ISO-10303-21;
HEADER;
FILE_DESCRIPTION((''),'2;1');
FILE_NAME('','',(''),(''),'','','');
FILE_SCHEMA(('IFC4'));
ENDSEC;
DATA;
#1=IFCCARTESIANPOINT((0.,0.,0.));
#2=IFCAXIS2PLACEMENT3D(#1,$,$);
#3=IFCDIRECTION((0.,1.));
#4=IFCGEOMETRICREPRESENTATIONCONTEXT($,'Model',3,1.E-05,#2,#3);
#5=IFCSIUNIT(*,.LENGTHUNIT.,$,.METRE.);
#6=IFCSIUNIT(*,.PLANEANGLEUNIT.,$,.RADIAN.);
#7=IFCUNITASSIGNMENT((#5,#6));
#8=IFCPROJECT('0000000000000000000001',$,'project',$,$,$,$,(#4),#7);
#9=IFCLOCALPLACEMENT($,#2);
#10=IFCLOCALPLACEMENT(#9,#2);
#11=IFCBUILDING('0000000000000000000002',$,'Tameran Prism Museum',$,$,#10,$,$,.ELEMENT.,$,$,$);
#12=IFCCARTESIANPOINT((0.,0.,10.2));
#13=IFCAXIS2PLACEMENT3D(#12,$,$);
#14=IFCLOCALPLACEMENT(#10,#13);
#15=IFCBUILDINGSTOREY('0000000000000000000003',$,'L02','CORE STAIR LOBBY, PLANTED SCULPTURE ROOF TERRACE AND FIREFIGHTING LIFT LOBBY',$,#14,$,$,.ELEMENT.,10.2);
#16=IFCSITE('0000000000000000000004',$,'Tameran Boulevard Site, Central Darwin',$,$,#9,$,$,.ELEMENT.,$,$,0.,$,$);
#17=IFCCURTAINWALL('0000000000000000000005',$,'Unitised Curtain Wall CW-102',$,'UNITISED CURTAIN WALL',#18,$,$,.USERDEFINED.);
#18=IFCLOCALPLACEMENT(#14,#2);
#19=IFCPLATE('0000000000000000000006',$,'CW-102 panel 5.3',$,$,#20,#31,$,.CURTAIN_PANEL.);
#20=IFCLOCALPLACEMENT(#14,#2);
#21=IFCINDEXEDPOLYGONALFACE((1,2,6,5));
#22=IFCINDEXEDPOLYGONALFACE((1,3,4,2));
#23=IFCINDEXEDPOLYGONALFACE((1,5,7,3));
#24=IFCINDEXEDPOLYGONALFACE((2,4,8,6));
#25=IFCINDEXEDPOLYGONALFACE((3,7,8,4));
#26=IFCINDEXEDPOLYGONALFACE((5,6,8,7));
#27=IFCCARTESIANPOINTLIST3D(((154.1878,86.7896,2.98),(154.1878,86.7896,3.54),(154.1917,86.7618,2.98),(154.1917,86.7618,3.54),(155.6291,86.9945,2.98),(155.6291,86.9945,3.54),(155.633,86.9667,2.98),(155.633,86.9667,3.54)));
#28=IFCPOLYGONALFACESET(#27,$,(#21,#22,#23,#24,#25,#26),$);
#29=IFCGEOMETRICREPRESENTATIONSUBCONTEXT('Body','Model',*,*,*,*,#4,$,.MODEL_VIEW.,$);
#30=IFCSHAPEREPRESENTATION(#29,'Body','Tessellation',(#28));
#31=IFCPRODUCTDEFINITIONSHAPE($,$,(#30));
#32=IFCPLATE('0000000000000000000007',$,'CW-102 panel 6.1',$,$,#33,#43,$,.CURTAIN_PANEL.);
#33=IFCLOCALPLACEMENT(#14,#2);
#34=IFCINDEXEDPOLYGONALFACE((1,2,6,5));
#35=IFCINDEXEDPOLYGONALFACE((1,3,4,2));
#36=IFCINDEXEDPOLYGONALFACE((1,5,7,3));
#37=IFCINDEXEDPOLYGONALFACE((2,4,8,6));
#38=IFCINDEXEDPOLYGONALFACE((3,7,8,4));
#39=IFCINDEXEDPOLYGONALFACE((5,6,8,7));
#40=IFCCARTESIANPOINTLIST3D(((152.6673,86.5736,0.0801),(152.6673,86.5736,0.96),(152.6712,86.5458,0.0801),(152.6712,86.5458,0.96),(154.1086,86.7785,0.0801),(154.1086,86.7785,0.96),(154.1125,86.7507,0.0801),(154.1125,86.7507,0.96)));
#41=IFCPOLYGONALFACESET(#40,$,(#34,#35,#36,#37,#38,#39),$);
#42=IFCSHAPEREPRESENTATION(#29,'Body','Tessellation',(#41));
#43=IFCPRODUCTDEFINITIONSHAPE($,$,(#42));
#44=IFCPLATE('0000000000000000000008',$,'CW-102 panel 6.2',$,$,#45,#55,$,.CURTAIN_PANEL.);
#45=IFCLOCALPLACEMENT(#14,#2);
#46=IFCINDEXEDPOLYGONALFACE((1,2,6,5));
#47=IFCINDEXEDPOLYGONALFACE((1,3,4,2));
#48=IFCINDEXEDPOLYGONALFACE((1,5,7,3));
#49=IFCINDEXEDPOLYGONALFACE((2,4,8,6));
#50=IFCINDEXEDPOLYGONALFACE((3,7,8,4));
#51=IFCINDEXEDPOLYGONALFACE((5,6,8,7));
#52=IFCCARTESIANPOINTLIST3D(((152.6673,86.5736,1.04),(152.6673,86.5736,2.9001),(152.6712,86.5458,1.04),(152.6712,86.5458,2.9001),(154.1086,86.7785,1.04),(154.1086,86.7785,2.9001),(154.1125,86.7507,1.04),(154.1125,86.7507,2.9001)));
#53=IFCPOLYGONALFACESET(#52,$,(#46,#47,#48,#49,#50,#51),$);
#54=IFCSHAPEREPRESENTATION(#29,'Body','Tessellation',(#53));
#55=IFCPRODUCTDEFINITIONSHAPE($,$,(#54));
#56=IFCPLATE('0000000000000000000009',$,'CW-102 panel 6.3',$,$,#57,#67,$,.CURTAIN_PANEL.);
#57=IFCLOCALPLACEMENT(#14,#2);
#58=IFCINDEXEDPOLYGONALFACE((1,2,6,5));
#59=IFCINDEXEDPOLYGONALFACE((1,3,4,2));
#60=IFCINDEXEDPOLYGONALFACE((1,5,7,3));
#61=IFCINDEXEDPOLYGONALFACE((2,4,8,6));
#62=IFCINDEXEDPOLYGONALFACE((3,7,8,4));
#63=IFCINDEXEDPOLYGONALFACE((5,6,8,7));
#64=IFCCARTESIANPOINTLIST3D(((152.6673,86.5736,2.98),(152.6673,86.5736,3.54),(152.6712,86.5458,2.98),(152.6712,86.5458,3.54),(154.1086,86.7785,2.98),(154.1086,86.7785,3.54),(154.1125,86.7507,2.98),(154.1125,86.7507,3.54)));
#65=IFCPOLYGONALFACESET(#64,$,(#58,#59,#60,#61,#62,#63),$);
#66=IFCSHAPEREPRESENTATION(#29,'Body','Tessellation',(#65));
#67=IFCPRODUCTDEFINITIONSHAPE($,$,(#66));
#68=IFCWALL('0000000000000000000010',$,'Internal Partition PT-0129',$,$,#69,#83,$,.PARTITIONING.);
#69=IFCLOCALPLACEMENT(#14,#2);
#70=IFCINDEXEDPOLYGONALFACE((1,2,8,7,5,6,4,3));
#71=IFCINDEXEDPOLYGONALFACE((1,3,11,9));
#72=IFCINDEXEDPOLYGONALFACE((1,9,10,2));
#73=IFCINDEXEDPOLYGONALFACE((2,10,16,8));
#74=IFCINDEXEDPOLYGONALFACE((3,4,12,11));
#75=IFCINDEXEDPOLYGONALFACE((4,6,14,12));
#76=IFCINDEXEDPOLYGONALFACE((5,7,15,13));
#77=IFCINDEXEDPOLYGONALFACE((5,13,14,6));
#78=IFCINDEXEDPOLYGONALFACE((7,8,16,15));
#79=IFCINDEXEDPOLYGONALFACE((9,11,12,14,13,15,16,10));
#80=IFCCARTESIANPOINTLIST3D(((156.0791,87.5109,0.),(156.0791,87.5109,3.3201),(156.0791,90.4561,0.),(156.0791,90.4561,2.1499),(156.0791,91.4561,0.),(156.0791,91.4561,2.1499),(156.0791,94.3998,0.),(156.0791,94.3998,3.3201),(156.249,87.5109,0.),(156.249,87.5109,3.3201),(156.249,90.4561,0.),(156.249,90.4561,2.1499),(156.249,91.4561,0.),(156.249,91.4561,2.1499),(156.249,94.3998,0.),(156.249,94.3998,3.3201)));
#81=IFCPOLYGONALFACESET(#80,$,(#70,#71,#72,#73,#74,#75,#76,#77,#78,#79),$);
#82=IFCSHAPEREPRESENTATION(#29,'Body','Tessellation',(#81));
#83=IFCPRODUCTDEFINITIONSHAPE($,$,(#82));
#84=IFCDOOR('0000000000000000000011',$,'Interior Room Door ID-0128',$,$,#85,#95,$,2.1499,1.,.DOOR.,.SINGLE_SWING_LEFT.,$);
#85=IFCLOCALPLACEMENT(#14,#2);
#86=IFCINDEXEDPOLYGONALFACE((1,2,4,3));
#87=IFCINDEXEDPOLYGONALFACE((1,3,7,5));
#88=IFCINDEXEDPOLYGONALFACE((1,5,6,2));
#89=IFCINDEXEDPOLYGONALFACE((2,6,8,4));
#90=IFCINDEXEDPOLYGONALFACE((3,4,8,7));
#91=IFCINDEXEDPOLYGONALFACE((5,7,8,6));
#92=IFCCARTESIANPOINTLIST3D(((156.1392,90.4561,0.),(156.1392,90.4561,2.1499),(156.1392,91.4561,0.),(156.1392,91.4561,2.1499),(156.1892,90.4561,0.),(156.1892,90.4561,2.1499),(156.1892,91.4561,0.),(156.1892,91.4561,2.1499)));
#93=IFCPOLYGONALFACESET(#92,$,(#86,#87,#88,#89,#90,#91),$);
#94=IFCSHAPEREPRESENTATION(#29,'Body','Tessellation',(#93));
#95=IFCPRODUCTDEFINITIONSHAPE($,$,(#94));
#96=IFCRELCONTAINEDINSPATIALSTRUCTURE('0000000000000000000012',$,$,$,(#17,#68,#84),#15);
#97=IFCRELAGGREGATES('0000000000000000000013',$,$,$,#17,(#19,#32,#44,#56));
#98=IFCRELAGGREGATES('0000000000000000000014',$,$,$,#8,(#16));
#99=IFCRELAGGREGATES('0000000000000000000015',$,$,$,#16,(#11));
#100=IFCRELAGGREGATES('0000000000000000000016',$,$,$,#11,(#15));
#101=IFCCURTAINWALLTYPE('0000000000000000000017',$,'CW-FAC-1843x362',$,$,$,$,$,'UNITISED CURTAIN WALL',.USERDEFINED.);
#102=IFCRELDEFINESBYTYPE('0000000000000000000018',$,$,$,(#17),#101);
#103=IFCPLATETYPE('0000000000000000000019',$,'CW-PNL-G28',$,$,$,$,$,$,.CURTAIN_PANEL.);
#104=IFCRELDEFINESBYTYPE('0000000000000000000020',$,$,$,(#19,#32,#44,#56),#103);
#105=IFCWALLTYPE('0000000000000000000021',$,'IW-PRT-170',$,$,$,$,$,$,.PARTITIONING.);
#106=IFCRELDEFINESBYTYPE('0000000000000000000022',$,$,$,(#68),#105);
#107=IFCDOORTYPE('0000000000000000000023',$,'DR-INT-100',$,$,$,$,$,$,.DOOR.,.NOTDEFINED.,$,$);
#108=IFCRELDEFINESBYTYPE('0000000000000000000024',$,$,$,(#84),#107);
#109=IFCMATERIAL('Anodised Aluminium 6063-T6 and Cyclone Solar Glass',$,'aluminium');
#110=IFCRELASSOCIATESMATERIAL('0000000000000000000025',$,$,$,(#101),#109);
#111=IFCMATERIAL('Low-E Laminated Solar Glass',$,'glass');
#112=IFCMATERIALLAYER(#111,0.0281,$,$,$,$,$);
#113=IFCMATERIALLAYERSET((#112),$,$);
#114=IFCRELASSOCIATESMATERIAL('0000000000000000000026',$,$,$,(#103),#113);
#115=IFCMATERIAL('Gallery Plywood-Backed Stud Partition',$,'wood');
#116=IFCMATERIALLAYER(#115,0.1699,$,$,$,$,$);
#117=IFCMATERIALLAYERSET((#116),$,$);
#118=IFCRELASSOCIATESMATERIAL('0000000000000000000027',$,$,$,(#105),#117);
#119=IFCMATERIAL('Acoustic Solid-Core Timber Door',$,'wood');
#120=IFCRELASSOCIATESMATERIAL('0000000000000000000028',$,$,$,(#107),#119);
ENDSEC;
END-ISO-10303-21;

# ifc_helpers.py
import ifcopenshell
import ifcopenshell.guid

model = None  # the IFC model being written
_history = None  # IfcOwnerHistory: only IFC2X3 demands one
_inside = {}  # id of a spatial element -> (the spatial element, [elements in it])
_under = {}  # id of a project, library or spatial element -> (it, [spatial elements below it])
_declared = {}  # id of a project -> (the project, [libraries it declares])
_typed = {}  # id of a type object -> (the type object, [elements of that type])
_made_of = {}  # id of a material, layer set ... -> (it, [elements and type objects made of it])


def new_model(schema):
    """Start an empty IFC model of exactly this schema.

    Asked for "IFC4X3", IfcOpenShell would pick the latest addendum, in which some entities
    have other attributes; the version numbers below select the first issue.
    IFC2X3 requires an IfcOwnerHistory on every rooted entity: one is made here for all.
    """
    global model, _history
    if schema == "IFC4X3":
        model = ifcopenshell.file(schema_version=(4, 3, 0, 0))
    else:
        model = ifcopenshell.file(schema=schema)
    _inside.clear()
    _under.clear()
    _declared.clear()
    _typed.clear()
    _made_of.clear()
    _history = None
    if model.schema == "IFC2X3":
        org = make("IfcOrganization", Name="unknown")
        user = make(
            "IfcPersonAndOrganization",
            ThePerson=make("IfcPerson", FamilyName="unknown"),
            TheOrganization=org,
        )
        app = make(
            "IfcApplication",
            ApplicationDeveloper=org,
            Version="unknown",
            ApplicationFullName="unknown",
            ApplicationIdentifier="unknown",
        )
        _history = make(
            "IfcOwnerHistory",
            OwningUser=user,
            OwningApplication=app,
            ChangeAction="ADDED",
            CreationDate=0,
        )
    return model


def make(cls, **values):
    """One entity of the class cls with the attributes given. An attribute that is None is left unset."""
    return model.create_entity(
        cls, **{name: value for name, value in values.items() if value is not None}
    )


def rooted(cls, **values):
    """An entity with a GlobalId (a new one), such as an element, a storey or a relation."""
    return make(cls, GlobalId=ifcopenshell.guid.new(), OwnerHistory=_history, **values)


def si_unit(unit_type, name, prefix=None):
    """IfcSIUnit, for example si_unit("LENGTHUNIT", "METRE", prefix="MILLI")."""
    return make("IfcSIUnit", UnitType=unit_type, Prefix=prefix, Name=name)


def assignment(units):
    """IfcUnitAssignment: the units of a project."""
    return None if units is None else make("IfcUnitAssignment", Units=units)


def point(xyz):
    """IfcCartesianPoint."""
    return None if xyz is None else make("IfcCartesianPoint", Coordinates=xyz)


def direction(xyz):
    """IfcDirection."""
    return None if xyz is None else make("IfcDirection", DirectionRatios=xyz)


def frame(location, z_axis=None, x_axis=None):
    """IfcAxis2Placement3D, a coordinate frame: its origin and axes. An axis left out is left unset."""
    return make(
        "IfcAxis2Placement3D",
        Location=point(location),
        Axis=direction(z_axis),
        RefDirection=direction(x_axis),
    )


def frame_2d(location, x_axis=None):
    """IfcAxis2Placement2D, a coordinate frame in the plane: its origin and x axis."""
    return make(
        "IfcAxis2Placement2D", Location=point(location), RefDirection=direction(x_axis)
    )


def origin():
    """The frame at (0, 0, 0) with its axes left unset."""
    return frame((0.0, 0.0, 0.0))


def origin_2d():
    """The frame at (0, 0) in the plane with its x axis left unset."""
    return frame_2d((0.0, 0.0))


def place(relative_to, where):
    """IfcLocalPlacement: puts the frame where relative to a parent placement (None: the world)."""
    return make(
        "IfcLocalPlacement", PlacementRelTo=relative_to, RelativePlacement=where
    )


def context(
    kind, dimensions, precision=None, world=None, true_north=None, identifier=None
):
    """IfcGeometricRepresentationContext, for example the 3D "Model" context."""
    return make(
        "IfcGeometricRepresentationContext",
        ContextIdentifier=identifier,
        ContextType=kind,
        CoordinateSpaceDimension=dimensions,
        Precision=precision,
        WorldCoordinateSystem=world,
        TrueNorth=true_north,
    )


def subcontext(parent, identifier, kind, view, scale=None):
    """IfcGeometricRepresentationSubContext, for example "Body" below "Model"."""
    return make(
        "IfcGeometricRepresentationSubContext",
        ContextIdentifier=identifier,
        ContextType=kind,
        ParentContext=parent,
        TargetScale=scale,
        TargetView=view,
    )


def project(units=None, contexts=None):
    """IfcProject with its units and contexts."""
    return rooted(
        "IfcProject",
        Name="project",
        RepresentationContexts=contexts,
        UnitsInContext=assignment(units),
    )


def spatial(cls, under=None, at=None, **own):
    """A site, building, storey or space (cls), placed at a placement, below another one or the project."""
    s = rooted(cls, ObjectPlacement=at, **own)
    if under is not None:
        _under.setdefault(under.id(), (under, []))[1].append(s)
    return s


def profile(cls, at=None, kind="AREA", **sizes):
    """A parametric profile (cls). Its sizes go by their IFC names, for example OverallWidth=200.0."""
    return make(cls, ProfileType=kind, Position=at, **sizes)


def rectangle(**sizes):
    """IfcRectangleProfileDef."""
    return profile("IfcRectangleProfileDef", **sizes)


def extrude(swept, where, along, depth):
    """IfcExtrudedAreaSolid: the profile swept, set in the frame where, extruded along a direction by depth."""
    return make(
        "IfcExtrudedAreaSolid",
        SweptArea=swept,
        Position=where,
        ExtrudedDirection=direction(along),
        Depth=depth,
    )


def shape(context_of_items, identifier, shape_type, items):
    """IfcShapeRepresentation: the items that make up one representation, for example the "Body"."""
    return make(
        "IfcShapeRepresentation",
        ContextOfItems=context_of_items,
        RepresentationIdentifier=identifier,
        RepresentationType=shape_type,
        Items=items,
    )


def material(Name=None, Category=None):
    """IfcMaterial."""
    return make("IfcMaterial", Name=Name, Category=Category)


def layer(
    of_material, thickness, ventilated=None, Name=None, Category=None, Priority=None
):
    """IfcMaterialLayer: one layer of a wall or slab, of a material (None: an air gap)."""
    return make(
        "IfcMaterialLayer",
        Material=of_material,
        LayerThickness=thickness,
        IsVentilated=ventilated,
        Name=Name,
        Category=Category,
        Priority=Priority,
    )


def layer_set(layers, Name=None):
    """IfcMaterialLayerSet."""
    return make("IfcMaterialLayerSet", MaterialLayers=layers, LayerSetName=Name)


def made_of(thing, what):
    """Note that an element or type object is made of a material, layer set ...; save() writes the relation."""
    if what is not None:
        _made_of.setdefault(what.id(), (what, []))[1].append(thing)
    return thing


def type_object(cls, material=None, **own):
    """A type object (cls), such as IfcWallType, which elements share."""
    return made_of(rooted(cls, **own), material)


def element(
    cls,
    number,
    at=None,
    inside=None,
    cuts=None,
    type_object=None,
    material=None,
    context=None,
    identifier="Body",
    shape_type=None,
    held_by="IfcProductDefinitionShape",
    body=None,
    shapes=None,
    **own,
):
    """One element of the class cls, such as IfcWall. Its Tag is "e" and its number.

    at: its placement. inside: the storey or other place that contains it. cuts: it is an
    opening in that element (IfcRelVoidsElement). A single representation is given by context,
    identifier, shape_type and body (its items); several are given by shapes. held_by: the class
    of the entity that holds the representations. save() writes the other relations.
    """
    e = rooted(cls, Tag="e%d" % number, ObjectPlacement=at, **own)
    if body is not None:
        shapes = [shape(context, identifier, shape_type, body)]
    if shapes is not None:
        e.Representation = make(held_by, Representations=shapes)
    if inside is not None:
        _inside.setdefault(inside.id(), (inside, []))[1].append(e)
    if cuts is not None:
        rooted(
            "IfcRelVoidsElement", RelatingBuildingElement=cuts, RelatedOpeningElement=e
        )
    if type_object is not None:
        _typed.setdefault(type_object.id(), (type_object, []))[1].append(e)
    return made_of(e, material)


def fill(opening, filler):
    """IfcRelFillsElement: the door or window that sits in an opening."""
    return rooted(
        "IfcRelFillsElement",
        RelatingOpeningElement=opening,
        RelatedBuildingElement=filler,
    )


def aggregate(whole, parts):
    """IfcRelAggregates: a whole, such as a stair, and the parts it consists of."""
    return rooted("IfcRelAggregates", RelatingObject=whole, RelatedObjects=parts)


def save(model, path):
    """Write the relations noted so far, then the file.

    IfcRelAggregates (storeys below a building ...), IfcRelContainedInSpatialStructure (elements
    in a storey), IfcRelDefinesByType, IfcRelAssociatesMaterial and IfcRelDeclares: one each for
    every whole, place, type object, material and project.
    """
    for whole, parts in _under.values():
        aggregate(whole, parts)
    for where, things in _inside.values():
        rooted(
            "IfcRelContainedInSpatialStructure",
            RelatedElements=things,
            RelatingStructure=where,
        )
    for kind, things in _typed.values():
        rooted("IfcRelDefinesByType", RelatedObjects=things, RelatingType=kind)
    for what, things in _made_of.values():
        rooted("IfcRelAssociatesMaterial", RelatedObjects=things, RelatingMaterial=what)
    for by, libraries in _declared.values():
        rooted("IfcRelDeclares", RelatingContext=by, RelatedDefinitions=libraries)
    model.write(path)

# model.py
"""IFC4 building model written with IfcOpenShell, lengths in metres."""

from ifc_helpers import new_model, si_unit, direction, frame, frame_2d, origin, origin_2d, place, context, subcontext, project, spatial, rectangle, extrude, material, layer, layer_set, type_object, element, fill, aggregate, save


model = new_model("IFC4")

# Units and contexts
model_context = context("Model", 3, precision=1e-05, world=origin(), true_north=direction((0.0, 1.0)))
body_context = subcontext(model_context, "Body", "Model", "MODEL_VIEW")
ifc_project = project(units=[si_unit("LENGTHUNIT", "METRE"), si_unit("PLANEANGLEUNIT", "RADIAN")], contexts=[model_context])

# Site, building, storey
site_placement = place(None, origin())
site = spatial("IfcSite", under=ifc_project, at=site_placement, Name="Tameran Boulevard Site, Central Darwin", CompositionType="ELEMENT", RefElevation=0.0)
building_placement = place(site_placement, origin())
building = spatial("IfcBuilding", under=site, at=building_placement, Name="Tameran Prism Museum", CompositionType="ELEMENT")
storey_placement = place(building_placement, frame((0.0, 0.0, 10.2)))
storey = spatial("IfcBuildingStorey", under=building, at=storey_placement, Name="L02", Description="CORE STAIR LOBBY, PLANTED SCULPTURE ROOF TERRACE AND FIREFIGHTING LIFT LOBBY", CompositionType="ELEMENT", Elevation=10.2)

# Curtain wall, plates
ifc_material_1 = material(Name="Anodised Aluminium 6063-T6 and Cyclone Solar Glass", Category="aluminium")
curtain_wall_type = type_object("IfcCurtainWallType", Name="CW-FAC-1843x362", ElementType="UNITISED CURTAIN WALL", PredefinedType="USERDEFINED", material=ifc_material_1)
curtain_wall_placement = place(storey_placement, origin())
curtain_wall = element("IfcCurtainWall", 1, at=curtain_wall_placement, inside=storey, type_object=curtain_wall_type, Name="Unitised Curtain Wall CW-102", ObjectType="UNITISED CURTAIN WALL", PredefinedType="USERDEFINED")
ifc_material_2 = material(Name="Low-E Laminated Solar Glass", Category="glass")
ifc_layer_1 = layer(ifc_material_2, 0.0281)
ifc_layer_set_1 = layer_set([ifc_layer_1])
plate_type = type_object("IfcPlateType", Name="CW-PNL-G28", PredefinedType="CURTAIN_PANEL", material=ifc_layer_set_1)
plate_1_placement = place(storey_placement, frame((154.9104, 86.8782, 2.98), z_axis=(0.0, 0.0, 1.0), x_axis=(-0.990046, -0.140745, 0.0)))
plate_1 = element("IfcPlate", 2, at=plate_1_placement, type_object=plate_type, Name="CW-102 panel 5.3", PredefinedType="CURTAIN_PANEL", context=body_context, shape_type="SweptSolid", body=[
    extrude(rectangle(XDim=1.4558, YDim=0.0281, at=origin_2d()), origin(), (0.0, 0.0, 1.0), 0.5601),
])
plate_2_placement = place(storey_placement, frame((153.3899, 86.6621, 0.0801), z_axis=(0.0, 0.0, 1.0), x_axis=(-0.990046, -0.140745, 0.0)))
plate_2 = element("IfcPlate", 3, at=plate_2_placement, type_object=plate_type, Name="CW-102 panel 6.1", PredefinedType="CURTAIN_PANEL", context=body_context, shape_type="SweptSolid", body=[
    extrude(rectangle(XDim=1.4558, YDim=0.0281, at=origin_2d()), origin(), (0.0, 0.0, 1.0), 0.8799),
])
plate_3_placement = place(storey_placement, frame((153.3899, 86.6621, 1.04), z_axis=(0.0, 0.0, 1.0), x_axis=(-0.990046, -0.140745, 0.0)))
plate_3 = element("IfcPlate", 4, at=plate_3_placement, type_object=plate_type, Name="CW-102 panel 6.2", PredefinedType="CURTAIN_PANEL", context=body_context, shape_type="SweptSolid", body=[
    extrude(rectangle(XDim=1.4558, YDim=0.0281, at=origin_2d()), origin(), (0.0, 0.0, 1.0), 1.8601),
])
plate_4_placement = place(storey_placement, frame((153.3899, 86.6621, 2.98), z_axis=(0.0, 0.0, 1.0), x_axis=(-0.990046, -0.140745, 0.0)))
plate_4 = element("IfcPlate", 5, at=plate_4_placement, type_object=plate_type, Name="CW-102 panel 6.3", PredefinedType="CURTAIN_PANEL", context=body_context, shape_type="SweptSolid", body=[
    extrude(rectangle(XDim=1.4558, YDim=0.0281, at=origin_2d()), origin(), (0.0, 0.0, 1.0), 0.5601),
])
aggregate(curtain_wall, [plate_1, plate_2, plate_3, plate_4])

# Wall, opening, door
ifc_material_3 = material(Name="Gallery Plywood-Backed Stud Partition", Category="wood")
ifc_layer_2 = layer(ifc_material_3, 0.1699)
ifc_layer_set_2 = layer_set([ifc_layer_2])
wall_type = type_object("IfcWallType", Name="IW-PRT-170", PredefinedType="PARTITIONING", material=ifc_layer_set_2)
wall_placement = place(storey_placement, frame((156.1641, 87.511, 0.0), z_axis=(0.0, 0.0, 1.0), x_axis=(0.0, 1.0, 0.0)))
wall = element("IfcWall", 6, at=wall_placement, inside=storey, type_object=wall_type, Name="Internal Partition PT-0129", PredefinedType="PARTITIONING", context=body_context, shape_type="SweptSolid", body=[
    extrude(rectangle(XDim=6.8889, YDim=0.1699, at=frame_2d((3.4443, 0.0))), origin(), (0.0, 0.0, 1.0), 3.3201),
])
opening_placement = place(wall_placement, frame((2.9451, 0.0, 0.0)))
opening = element("IfcOpeningElement", 7, at=opening_placement, cuts=wall, PredefinedType="OPENING", context=body_context, shape_type="SweptSolid", body=[
    extrude(rectangle(XDim=1.0, YDim=2.1499, at=frame_2d((0.5, 1.075))), frame((0.0, 0.095, 0.0), z_axis=(0.0, -1.0, 0.0), x_axis=(1.0, 0.0, 0.0)), (0.0, 0.0, 1.0), 0.1899),
])
ifc_material_4 = material(Name="Acoustic Solid-Core Timber Door", Category="wood")
door_type = type_object("IfcDoorType", Name="DR-INT-100", OperationType="NOTDEFINED", PredefinedType="DOOR", material=ifc_material_4)
door_placement = place(opening_placement, origin())
door = element("IfcDoor", 8, at=door_placement, inside=storey, type_object=door_type, Name="Interior Room Door ID-0128", OperationType="SINGLE_SWING_LEFT", OverallHeight=2.1499, OverallWidth=1.0, PredefinedType="DOOR", context=body_context, shape_type="SweptSolid", body=[
    extrude(rectangle(XDim=1.0, YDim=2.1499, at=frame_2d((0.5, 1.075))), frame((0.0, 0.0249, 0.0), z_axis=(0.0, -1.0, 0.0), x_axis=(1.0, 0.0, 0.0)), (0.0, 0.0, 1.0), 0.05),
])
fill(opening, door)

save(model, "model.ifc")
